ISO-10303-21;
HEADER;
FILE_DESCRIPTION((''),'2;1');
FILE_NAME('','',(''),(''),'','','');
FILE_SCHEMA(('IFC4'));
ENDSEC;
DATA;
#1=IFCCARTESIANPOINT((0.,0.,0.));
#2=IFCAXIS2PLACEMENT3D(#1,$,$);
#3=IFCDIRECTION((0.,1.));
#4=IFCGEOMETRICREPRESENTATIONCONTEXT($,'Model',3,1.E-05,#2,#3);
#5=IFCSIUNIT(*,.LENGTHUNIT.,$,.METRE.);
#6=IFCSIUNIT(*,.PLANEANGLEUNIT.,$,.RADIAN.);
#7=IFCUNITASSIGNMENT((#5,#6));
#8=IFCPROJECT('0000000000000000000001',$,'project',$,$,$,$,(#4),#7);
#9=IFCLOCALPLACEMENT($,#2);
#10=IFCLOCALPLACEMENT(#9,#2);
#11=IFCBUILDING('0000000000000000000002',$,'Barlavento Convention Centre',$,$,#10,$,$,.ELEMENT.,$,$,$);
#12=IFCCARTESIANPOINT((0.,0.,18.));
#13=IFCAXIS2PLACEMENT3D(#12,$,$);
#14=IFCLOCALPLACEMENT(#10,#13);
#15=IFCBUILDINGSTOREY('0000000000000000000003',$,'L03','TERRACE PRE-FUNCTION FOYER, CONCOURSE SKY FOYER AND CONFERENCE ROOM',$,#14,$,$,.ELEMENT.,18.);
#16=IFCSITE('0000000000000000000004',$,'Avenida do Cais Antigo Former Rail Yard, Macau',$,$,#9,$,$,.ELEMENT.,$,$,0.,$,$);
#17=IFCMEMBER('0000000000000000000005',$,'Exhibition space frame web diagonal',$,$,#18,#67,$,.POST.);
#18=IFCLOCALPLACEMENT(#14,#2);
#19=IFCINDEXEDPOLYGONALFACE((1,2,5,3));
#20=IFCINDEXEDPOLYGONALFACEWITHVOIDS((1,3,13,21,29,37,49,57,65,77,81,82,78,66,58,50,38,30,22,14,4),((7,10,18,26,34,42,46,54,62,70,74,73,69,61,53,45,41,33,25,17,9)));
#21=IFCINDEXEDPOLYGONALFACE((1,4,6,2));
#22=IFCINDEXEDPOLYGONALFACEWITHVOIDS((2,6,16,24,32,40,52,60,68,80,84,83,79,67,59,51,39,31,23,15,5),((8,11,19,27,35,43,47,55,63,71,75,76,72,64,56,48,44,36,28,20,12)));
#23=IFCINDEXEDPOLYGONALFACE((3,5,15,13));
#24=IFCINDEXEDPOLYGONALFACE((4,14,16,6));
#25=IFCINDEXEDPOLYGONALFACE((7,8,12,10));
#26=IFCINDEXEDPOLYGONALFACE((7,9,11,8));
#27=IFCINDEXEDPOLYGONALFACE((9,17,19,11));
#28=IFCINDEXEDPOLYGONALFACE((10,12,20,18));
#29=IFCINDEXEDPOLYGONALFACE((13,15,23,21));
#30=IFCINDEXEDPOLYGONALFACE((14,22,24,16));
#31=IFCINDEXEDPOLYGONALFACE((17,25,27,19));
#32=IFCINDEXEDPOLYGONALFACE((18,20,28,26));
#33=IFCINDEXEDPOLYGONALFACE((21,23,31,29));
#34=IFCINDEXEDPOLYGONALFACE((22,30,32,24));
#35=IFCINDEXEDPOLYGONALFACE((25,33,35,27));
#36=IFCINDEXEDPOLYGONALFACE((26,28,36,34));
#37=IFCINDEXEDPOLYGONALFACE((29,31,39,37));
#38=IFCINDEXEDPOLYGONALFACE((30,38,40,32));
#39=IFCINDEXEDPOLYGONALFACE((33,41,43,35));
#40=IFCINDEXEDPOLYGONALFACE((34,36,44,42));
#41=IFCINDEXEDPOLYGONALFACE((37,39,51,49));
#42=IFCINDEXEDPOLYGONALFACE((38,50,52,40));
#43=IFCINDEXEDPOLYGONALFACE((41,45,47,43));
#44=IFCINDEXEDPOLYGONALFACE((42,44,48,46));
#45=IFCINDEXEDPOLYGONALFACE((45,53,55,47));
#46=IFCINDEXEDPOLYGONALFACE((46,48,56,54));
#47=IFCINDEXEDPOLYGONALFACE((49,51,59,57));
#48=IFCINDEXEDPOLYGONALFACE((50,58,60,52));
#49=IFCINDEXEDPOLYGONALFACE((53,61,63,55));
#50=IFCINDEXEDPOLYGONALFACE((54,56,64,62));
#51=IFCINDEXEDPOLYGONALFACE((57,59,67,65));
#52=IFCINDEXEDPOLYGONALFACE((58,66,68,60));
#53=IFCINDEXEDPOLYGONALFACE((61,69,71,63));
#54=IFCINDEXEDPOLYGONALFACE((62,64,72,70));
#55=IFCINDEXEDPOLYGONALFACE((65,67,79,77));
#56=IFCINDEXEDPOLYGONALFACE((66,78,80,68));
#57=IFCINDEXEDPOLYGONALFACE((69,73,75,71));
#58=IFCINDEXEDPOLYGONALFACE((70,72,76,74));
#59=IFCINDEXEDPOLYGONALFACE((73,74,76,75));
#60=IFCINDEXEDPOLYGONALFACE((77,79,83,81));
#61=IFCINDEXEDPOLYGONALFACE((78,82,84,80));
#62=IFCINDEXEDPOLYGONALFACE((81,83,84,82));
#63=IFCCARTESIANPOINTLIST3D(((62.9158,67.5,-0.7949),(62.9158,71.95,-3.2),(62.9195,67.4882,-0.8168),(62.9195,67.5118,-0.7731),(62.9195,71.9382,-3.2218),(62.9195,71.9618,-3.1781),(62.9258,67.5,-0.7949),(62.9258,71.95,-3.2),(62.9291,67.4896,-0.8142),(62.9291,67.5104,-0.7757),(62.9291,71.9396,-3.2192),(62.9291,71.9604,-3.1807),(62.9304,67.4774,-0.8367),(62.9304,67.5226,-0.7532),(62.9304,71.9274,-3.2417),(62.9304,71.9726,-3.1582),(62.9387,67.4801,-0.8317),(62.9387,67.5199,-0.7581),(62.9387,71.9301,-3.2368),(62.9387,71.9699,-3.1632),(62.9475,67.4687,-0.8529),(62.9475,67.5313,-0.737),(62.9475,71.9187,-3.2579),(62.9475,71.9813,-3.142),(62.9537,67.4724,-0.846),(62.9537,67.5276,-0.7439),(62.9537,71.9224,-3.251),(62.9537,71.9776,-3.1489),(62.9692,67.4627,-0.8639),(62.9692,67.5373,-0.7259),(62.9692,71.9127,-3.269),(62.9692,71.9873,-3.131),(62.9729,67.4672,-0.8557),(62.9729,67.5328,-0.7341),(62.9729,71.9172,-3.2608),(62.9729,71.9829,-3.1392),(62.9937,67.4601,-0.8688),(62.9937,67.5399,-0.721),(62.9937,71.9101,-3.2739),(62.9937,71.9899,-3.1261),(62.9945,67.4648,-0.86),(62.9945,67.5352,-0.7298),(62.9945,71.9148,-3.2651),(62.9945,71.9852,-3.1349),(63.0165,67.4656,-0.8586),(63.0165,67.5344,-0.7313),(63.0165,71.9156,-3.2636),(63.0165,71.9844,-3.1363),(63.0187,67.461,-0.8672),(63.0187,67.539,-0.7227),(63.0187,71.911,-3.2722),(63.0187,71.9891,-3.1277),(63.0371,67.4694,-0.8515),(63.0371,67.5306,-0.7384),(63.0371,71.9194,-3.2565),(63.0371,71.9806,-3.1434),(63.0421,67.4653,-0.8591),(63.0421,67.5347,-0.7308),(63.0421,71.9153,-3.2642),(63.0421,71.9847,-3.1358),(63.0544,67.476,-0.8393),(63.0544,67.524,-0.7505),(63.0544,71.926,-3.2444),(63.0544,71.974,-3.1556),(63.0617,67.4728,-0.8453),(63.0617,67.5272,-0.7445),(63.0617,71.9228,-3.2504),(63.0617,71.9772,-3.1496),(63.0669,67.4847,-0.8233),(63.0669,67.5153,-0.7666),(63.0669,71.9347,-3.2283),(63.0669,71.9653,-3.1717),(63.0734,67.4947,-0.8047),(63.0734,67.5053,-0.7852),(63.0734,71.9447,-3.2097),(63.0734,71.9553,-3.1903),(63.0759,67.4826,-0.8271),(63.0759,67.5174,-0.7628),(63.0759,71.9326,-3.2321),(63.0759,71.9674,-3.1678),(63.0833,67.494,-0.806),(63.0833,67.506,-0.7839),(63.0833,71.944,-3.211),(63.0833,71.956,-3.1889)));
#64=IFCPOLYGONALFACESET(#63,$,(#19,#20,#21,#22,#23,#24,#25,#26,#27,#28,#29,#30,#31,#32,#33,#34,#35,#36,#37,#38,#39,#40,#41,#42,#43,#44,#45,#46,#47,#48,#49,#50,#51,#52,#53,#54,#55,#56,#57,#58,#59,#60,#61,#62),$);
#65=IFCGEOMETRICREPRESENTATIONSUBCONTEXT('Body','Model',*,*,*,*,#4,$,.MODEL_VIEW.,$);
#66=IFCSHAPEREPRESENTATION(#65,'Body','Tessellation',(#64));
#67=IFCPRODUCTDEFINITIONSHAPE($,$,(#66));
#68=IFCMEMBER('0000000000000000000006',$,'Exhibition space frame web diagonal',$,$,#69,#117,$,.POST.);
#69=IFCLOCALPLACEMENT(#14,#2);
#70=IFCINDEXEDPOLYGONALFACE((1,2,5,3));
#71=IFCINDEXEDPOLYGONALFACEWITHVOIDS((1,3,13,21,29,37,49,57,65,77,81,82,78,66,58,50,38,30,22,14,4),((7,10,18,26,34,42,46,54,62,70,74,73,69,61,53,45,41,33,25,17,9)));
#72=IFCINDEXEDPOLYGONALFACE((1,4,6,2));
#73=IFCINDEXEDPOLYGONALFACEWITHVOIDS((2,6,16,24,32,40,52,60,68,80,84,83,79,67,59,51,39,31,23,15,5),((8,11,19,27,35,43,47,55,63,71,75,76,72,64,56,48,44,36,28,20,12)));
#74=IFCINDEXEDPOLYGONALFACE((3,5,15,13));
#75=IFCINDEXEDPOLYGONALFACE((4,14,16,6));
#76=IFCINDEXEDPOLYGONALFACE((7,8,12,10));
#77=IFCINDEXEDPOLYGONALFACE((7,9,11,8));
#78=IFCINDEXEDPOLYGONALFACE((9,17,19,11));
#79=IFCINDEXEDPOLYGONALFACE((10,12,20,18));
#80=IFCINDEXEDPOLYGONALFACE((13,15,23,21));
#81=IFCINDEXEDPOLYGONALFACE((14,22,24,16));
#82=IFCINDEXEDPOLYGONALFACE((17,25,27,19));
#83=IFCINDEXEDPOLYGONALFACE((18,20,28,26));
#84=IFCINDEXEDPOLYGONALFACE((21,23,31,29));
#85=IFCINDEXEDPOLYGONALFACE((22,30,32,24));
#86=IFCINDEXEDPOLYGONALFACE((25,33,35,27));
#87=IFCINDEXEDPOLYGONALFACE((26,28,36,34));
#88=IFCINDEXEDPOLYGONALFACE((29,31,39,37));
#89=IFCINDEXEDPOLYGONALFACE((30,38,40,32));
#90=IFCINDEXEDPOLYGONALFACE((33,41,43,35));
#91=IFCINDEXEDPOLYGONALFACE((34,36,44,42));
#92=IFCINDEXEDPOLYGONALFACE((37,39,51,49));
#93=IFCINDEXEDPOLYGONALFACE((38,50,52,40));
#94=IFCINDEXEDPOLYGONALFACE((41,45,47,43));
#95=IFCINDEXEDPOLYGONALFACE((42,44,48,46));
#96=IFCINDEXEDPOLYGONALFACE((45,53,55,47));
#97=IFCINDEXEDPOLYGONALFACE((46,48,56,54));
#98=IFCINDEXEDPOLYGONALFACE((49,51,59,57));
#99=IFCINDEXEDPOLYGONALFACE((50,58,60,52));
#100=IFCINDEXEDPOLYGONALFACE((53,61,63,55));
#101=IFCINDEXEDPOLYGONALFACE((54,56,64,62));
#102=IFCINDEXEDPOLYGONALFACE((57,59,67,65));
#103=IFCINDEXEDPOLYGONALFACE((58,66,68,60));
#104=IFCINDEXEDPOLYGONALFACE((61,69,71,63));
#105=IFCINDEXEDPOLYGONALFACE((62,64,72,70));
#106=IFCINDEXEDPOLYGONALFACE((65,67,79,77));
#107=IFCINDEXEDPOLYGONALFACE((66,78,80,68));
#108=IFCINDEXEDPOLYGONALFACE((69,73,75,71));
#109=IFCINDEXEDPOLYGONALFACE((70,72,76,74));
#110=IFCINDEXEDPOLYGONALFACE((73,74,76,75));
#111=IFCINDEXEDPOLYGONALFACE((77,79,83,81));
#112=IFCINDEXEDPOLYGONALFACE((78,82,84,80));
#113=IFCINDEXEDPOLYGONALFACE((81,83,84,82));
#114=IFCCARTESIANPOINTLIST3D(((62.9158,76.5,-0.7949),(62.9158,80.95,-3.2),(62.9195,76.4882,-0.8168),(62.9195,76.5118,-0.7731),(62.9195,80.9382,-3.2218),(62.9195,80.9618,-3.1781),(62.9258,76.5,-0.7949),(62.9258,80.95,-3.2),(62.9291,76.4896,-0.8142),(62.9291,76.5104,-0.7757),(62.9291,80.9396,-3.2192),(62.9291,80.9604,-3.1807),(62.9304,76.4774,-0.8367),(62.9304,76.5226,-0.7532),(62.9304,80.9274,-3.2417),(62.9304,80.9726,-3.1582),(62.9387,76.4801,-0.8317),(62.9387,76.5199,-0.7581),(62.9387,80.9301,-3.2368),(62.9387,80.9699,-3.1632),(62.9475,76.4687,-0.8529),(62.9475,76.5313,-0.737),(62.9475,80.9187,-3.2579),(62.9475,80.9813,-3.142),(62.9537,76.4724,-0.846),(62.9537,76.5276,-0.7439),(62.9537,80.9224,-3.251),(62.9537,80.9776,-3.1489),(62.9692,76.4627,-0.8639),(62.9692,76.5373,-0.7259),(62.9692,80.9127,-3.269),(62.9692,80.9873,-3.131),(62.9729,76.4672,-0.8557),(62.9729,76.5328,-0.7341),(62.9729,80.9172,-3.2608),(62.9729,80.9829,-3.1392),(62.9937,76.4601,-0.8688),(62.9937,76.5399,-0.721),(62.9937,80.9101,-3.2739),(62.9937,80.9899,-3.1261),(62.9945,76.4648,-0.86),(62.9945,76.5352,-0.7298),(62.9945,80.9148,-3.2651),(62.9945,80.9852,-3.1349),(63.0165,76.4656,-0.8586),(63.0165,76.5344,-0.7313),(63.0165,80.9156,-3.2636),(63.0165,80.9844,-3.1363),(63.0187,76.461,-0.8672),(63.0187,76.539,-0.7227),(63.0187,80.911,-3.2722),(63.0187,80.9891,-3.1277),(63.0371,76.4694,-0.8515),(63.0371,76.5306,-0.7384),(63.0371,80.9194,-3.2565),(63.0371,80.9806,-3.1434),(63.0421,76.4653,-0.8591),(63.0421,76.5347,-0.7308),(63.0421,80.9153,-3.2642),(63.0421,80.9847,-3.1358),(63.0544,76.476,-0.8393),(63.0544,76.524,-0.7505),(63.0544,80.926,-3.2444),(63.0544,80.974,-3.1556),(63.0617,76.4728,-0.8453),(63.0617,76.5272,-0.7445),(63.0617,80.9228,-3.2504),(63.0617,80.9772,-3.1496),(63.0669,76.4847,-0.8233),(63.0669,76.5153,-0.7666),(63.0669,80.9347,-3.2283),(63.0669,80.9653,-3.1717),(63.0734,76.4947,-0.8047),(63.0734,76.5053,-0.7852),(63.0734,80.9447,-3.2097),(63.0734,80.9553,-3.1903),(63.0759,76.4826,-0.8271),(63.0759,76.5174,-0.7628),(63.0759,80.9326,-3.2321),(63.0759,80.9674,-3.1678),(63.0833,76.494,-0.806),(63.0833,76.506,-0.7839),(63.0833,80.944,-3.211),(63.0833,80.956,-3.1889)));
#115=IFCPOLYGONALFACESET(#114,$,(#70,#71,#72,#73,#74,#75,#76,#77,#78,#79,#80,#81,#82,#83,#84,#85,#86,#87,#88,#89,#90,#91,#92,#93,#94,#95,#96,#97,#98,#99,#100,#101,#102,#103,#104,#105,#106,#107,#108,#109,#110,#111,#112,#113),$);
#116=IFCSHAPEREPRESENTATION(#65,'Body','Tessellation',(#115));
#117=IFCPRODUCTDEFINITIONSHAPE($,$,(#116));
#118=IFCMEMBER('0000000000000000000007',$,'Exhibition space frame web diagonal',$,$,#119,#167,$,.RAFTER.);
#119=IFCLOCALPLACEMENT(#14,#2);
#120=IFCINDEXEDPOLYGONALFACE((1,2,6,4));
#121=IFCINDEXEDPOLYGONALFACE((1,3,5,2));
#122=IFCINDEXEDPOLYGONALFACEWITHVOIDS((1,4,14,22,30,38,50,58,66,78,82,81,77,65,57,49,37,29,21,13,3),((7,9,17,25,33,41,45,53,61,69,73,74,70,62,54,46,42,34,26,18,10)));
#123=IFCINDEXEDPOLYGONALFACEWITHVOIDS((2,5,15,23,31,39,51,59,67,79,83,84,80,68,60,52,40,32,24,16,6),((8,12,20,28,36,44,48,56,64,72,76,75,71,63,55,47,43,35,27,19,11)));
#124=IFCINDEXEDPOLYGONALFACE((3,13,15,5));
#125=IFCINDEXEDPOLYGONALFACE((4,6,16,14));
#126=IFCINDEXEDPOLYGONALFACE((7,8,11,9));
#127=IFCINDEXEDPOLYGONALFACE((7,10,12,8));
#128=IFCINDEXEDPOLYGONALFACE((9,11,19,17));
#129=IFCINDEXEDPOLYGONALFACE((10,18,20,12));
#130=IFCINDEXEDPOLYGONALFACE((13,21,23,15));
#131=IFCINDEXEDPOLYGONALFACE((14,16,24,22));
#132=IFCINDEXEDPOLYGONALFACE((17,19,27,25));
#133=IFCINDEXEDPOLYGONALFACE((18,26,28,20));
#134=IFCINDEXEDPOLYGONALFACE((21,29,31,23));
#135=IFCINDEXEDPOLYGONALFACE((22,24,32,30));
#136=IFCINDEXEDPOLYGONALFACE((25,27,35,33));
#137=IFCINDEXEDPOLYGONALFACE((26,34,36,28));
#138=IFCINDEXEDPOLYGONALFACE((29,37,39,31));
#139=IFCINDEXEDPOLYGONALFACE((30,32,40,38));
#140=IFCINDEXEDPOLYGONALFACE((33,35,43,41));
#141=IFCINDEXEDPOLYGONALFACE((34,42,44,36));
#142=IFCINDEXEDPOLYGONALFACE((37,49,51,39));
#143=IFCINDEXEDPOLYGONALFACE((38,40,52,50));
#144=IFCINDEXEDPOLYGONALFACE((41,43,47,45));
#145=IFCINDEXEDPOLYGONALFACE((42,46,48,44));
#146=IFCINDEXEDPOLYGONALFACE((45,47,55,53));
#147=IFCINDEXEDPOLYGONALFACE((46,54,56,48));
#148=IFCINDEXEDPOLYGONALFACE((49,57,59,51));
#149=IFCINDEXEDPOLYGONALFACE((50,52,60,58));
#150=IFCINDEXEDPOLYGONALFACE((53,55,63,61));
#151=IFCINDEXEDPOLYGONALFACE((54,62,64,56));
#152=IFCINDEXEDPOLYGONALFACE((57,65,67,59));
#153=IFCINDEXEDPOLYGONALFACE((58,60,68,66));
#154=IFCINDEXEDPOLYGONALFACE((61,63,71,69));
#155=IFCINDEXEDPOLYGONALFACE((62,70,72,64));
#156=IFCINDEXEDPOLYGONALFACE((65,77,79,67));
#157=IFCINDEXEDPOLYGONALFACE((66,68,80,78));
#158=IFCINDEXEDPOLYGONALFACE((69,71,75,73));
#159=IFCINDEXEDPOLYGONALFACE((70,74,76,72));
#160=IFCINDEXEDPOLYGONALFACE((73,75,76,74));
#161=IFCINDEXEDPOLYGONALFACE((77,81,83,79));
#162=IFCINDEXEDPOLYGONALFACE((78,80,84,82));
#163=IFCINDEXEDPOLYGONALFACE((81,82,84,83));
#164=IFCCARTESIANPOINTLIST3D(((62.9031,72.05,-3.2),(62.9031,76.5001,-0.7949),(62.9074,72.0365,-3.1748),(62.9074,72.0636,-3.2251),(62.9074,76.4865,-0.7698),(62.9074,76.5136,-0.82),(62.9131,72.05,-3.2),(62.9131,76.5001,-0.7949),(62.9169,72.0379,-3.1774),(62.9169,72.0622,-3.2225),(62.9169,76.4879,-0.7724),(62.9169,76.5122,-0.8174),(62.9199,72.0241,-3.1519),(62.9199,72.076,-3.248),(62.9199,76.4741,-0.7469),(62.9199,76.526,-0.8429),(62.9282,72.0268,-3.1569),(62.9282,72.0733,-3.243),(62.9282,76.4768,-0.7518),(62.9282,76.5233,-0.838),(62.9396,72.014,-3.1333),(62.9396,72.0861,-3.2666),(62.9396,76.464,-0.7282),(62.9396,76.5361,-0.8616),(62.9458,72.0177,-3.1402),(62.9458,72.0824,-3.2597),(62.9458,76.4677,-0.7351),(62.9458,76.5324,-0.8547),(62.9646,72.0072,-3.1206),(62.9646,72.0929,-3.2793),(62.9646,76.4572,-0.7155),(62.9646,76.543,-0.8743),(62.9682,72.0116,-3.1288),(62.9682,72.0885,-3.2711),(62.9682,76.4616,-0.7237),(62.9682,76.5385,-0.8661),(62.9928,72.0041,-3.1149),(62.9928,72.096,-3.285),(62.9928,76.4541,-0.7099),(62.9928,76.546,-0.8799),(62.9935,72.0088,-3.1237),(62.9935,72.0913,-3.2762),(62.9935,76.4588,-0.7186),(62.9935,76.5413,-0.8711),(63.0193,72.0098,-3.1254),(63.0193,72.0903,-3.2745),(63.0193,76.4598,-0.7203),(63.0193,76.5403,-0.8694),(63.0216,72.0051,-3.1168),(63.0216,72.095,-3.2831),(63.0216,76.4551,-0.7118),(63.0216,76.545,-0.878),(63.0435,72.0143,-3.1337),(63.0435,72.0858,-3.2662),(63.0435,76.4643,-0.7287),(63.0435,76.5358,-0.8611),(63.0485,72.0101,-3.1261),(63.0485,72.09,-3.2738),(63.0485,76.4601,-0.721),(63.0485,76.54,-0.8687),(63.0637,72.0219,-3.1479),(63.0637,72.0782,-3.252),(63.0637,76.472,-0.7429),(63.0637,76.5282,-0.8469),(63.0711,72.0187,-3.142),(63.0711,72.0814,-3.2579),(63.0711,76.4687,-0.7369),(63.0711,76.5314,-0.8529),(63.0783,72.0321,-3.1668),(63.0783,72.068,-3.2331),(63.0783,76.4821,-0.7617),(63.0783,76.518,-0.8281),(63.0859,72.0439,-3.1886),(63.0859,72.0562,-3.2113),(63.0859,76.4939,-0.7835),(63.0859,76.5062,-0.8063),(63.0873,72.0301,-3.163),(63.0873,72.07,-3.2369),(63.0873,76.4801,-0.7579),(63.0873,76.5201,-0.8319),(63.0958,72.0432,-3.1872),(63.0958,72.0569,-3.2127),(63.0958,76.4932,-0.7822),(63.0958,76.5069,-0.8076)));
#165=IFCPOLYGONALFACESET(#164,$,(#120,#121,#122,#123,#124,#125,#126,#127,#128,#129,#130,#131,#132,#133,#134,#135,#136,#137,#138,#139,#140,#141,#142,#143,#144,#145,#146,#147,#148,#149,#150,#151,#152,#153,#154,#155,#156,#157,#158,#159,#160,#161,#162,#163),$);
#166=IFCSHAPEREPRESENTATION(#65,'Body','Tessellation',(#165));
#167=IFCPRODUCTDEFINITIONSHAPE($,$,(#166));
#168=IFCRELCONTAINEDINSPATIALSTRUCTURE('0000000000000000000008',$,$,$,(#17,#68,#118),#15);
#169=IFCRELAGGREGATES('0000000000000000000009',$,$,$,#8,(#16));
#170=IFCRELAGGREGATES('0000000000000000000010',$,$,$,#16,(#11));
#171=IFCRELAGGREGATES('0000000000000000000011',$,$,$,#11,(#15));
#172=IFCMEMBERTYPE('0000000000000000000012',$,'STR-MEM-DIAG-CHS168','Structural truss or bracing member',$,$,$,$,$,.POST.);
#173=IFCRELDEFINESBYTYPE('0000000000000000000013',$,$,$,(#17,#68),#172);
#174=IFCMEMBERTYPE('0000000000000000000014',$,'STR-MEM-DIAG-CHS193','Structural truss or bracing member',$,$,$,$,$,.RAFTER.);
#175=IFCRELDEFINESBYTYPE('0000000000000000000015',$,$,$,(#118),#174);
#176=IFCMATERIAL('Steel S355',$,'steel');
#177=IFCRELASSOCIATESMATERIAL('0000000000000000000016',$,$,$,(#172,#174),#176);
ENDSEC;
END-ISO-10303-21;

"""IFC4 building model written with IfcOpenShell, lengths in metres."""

from ifc_helpers import new_model, si_unit, direction, frame, origin, origin_2d, place, context, subcontext, project, spatial, hollow_circle, extrude, material, material_profile, profile_set, type_object, element, save


model = new_model("IFC4")

# Units and contexts
model_context = context("Model", 3, precision=1e-05, world=origin(), true_north=direction((0.0, 1.0)))
body_context = subcontext(model_context, "Body", "Model", "MODEL_VIEW")
ifc_project = project(units=[si_unit("LENGTHUNIT", "METRE"), si_unit("PLANEANGLEUNIT", "RADIAN")], contexts=[model_context])

# Site, building, storey
site_placement = place(None, origin())
site = spatial("IfcSite", under=ifc_project, at=site_placement, Name="Avenida do Cais Antigo Former Rail Yard, Macau", CompositionType="ELEMENT", RefElevation=0.0)
building_placement = place(site_placement, origin())
building = spatial("IfcBuilding", under=site, at=building_placement, Name="Barlavento Convention Centre", CompositionType="ELEMENT")
storey_placement = place(building_placement, frame((0.0, 0.0, 18.0)))
storey = spatial("IfcBuildingStorey", under=building, at=storey_placement, Name="L03", Description="TERRACE PRE-FUNCTION FOYER, CONCOURSE SKY FOYER AND CONFERENCE ROOM", CompositionType="ELEMENT", Elevation=18.0)

# Shared definitions
ifc_material_1 = material(Name="Steel S355", Category="steel")

# Members
ifc_material_profile_1 = material_profile(ifc_material_1, hollow_circle(Radius=0.0842, WallThickness=0.01, at=origin_2d()), Name="CHS 168.3x10.0")
ifc_profile_set_1 = profile_set([ifc_material_profile_1], Name="Steel S355")
member_type_1 = type_object("IfcMemberType", Name="STR-MEM-DIAG-CHS168", Description="Structural truss or bracing member", PredefinedType="POST", material=ifc_profile_set_1)
for number, where, z_axis, x_axis, name in (
    (1, (63.0, 67.5, -0.7949), (0.0, 0.879735, -0.475464), (-1.0, 0.0, 0.0), "Exhibition space frame web diagonal"),
    (2, (63.0, 76.5, -0.7949), (0.0, 0.879735, -0.475464), (-1.0, 0.0, 0.0), "Exhibition space frame web diagonal"),
):
    element("IfcMember", number, at=place(storey_placement, frame(where, z_axis=z_axis, x_axis=x_axis)), inside=storey, type_object=member_type_1, Name=name, PredefinedType="POST", context=body_context, shape_type="SweptSolid", body=[
        extrude(hollow_circle(Radius=0.0842, WallThickness=0.01, at=origin_2d()), origin(), (0.0, 0.0, 1.0), 5.0583),
    ])
ifc_material_profile_2 = material_profile(ifc_material_1, hollow_circle(Radius=0.0969, WallThickness=0.01, at=origin_2d()), Name="CHS 193.7x10.0")
ifc_profile_set_2 = profile_set([ifc_material_profile_2], Name="Steel S355")
member_type_2 = type_object("IfcMemberType", Name="STR-MEM-DIAG-CHS193", Description="Structural truss or bracing member", PredefinedType="RAFTER", material=ifc_profile_set_2)
member_1_placement = place(storey_placement, frame((63.0, 72.05, -3.2), z_axis=(0.0, 0.879735, 0.475464), x_axis=(-1.0, 0.0, 0.0)))
element("IfcMember", 3, at=member_1_placement, inside=storey, type_object=member_type_2, Name="Exhibition space frame web diagonal", PredefinedType="RAFTER", context=body_context, shape_type="SweptSolid", body=[
    extrude(hollow_circle(Radius=0.0969, WallThickness=0.01, at=origin_2d()), origin(), (0.0, 0.0, 1.0), 5.0583),
])

save(model, "model.ifc")
